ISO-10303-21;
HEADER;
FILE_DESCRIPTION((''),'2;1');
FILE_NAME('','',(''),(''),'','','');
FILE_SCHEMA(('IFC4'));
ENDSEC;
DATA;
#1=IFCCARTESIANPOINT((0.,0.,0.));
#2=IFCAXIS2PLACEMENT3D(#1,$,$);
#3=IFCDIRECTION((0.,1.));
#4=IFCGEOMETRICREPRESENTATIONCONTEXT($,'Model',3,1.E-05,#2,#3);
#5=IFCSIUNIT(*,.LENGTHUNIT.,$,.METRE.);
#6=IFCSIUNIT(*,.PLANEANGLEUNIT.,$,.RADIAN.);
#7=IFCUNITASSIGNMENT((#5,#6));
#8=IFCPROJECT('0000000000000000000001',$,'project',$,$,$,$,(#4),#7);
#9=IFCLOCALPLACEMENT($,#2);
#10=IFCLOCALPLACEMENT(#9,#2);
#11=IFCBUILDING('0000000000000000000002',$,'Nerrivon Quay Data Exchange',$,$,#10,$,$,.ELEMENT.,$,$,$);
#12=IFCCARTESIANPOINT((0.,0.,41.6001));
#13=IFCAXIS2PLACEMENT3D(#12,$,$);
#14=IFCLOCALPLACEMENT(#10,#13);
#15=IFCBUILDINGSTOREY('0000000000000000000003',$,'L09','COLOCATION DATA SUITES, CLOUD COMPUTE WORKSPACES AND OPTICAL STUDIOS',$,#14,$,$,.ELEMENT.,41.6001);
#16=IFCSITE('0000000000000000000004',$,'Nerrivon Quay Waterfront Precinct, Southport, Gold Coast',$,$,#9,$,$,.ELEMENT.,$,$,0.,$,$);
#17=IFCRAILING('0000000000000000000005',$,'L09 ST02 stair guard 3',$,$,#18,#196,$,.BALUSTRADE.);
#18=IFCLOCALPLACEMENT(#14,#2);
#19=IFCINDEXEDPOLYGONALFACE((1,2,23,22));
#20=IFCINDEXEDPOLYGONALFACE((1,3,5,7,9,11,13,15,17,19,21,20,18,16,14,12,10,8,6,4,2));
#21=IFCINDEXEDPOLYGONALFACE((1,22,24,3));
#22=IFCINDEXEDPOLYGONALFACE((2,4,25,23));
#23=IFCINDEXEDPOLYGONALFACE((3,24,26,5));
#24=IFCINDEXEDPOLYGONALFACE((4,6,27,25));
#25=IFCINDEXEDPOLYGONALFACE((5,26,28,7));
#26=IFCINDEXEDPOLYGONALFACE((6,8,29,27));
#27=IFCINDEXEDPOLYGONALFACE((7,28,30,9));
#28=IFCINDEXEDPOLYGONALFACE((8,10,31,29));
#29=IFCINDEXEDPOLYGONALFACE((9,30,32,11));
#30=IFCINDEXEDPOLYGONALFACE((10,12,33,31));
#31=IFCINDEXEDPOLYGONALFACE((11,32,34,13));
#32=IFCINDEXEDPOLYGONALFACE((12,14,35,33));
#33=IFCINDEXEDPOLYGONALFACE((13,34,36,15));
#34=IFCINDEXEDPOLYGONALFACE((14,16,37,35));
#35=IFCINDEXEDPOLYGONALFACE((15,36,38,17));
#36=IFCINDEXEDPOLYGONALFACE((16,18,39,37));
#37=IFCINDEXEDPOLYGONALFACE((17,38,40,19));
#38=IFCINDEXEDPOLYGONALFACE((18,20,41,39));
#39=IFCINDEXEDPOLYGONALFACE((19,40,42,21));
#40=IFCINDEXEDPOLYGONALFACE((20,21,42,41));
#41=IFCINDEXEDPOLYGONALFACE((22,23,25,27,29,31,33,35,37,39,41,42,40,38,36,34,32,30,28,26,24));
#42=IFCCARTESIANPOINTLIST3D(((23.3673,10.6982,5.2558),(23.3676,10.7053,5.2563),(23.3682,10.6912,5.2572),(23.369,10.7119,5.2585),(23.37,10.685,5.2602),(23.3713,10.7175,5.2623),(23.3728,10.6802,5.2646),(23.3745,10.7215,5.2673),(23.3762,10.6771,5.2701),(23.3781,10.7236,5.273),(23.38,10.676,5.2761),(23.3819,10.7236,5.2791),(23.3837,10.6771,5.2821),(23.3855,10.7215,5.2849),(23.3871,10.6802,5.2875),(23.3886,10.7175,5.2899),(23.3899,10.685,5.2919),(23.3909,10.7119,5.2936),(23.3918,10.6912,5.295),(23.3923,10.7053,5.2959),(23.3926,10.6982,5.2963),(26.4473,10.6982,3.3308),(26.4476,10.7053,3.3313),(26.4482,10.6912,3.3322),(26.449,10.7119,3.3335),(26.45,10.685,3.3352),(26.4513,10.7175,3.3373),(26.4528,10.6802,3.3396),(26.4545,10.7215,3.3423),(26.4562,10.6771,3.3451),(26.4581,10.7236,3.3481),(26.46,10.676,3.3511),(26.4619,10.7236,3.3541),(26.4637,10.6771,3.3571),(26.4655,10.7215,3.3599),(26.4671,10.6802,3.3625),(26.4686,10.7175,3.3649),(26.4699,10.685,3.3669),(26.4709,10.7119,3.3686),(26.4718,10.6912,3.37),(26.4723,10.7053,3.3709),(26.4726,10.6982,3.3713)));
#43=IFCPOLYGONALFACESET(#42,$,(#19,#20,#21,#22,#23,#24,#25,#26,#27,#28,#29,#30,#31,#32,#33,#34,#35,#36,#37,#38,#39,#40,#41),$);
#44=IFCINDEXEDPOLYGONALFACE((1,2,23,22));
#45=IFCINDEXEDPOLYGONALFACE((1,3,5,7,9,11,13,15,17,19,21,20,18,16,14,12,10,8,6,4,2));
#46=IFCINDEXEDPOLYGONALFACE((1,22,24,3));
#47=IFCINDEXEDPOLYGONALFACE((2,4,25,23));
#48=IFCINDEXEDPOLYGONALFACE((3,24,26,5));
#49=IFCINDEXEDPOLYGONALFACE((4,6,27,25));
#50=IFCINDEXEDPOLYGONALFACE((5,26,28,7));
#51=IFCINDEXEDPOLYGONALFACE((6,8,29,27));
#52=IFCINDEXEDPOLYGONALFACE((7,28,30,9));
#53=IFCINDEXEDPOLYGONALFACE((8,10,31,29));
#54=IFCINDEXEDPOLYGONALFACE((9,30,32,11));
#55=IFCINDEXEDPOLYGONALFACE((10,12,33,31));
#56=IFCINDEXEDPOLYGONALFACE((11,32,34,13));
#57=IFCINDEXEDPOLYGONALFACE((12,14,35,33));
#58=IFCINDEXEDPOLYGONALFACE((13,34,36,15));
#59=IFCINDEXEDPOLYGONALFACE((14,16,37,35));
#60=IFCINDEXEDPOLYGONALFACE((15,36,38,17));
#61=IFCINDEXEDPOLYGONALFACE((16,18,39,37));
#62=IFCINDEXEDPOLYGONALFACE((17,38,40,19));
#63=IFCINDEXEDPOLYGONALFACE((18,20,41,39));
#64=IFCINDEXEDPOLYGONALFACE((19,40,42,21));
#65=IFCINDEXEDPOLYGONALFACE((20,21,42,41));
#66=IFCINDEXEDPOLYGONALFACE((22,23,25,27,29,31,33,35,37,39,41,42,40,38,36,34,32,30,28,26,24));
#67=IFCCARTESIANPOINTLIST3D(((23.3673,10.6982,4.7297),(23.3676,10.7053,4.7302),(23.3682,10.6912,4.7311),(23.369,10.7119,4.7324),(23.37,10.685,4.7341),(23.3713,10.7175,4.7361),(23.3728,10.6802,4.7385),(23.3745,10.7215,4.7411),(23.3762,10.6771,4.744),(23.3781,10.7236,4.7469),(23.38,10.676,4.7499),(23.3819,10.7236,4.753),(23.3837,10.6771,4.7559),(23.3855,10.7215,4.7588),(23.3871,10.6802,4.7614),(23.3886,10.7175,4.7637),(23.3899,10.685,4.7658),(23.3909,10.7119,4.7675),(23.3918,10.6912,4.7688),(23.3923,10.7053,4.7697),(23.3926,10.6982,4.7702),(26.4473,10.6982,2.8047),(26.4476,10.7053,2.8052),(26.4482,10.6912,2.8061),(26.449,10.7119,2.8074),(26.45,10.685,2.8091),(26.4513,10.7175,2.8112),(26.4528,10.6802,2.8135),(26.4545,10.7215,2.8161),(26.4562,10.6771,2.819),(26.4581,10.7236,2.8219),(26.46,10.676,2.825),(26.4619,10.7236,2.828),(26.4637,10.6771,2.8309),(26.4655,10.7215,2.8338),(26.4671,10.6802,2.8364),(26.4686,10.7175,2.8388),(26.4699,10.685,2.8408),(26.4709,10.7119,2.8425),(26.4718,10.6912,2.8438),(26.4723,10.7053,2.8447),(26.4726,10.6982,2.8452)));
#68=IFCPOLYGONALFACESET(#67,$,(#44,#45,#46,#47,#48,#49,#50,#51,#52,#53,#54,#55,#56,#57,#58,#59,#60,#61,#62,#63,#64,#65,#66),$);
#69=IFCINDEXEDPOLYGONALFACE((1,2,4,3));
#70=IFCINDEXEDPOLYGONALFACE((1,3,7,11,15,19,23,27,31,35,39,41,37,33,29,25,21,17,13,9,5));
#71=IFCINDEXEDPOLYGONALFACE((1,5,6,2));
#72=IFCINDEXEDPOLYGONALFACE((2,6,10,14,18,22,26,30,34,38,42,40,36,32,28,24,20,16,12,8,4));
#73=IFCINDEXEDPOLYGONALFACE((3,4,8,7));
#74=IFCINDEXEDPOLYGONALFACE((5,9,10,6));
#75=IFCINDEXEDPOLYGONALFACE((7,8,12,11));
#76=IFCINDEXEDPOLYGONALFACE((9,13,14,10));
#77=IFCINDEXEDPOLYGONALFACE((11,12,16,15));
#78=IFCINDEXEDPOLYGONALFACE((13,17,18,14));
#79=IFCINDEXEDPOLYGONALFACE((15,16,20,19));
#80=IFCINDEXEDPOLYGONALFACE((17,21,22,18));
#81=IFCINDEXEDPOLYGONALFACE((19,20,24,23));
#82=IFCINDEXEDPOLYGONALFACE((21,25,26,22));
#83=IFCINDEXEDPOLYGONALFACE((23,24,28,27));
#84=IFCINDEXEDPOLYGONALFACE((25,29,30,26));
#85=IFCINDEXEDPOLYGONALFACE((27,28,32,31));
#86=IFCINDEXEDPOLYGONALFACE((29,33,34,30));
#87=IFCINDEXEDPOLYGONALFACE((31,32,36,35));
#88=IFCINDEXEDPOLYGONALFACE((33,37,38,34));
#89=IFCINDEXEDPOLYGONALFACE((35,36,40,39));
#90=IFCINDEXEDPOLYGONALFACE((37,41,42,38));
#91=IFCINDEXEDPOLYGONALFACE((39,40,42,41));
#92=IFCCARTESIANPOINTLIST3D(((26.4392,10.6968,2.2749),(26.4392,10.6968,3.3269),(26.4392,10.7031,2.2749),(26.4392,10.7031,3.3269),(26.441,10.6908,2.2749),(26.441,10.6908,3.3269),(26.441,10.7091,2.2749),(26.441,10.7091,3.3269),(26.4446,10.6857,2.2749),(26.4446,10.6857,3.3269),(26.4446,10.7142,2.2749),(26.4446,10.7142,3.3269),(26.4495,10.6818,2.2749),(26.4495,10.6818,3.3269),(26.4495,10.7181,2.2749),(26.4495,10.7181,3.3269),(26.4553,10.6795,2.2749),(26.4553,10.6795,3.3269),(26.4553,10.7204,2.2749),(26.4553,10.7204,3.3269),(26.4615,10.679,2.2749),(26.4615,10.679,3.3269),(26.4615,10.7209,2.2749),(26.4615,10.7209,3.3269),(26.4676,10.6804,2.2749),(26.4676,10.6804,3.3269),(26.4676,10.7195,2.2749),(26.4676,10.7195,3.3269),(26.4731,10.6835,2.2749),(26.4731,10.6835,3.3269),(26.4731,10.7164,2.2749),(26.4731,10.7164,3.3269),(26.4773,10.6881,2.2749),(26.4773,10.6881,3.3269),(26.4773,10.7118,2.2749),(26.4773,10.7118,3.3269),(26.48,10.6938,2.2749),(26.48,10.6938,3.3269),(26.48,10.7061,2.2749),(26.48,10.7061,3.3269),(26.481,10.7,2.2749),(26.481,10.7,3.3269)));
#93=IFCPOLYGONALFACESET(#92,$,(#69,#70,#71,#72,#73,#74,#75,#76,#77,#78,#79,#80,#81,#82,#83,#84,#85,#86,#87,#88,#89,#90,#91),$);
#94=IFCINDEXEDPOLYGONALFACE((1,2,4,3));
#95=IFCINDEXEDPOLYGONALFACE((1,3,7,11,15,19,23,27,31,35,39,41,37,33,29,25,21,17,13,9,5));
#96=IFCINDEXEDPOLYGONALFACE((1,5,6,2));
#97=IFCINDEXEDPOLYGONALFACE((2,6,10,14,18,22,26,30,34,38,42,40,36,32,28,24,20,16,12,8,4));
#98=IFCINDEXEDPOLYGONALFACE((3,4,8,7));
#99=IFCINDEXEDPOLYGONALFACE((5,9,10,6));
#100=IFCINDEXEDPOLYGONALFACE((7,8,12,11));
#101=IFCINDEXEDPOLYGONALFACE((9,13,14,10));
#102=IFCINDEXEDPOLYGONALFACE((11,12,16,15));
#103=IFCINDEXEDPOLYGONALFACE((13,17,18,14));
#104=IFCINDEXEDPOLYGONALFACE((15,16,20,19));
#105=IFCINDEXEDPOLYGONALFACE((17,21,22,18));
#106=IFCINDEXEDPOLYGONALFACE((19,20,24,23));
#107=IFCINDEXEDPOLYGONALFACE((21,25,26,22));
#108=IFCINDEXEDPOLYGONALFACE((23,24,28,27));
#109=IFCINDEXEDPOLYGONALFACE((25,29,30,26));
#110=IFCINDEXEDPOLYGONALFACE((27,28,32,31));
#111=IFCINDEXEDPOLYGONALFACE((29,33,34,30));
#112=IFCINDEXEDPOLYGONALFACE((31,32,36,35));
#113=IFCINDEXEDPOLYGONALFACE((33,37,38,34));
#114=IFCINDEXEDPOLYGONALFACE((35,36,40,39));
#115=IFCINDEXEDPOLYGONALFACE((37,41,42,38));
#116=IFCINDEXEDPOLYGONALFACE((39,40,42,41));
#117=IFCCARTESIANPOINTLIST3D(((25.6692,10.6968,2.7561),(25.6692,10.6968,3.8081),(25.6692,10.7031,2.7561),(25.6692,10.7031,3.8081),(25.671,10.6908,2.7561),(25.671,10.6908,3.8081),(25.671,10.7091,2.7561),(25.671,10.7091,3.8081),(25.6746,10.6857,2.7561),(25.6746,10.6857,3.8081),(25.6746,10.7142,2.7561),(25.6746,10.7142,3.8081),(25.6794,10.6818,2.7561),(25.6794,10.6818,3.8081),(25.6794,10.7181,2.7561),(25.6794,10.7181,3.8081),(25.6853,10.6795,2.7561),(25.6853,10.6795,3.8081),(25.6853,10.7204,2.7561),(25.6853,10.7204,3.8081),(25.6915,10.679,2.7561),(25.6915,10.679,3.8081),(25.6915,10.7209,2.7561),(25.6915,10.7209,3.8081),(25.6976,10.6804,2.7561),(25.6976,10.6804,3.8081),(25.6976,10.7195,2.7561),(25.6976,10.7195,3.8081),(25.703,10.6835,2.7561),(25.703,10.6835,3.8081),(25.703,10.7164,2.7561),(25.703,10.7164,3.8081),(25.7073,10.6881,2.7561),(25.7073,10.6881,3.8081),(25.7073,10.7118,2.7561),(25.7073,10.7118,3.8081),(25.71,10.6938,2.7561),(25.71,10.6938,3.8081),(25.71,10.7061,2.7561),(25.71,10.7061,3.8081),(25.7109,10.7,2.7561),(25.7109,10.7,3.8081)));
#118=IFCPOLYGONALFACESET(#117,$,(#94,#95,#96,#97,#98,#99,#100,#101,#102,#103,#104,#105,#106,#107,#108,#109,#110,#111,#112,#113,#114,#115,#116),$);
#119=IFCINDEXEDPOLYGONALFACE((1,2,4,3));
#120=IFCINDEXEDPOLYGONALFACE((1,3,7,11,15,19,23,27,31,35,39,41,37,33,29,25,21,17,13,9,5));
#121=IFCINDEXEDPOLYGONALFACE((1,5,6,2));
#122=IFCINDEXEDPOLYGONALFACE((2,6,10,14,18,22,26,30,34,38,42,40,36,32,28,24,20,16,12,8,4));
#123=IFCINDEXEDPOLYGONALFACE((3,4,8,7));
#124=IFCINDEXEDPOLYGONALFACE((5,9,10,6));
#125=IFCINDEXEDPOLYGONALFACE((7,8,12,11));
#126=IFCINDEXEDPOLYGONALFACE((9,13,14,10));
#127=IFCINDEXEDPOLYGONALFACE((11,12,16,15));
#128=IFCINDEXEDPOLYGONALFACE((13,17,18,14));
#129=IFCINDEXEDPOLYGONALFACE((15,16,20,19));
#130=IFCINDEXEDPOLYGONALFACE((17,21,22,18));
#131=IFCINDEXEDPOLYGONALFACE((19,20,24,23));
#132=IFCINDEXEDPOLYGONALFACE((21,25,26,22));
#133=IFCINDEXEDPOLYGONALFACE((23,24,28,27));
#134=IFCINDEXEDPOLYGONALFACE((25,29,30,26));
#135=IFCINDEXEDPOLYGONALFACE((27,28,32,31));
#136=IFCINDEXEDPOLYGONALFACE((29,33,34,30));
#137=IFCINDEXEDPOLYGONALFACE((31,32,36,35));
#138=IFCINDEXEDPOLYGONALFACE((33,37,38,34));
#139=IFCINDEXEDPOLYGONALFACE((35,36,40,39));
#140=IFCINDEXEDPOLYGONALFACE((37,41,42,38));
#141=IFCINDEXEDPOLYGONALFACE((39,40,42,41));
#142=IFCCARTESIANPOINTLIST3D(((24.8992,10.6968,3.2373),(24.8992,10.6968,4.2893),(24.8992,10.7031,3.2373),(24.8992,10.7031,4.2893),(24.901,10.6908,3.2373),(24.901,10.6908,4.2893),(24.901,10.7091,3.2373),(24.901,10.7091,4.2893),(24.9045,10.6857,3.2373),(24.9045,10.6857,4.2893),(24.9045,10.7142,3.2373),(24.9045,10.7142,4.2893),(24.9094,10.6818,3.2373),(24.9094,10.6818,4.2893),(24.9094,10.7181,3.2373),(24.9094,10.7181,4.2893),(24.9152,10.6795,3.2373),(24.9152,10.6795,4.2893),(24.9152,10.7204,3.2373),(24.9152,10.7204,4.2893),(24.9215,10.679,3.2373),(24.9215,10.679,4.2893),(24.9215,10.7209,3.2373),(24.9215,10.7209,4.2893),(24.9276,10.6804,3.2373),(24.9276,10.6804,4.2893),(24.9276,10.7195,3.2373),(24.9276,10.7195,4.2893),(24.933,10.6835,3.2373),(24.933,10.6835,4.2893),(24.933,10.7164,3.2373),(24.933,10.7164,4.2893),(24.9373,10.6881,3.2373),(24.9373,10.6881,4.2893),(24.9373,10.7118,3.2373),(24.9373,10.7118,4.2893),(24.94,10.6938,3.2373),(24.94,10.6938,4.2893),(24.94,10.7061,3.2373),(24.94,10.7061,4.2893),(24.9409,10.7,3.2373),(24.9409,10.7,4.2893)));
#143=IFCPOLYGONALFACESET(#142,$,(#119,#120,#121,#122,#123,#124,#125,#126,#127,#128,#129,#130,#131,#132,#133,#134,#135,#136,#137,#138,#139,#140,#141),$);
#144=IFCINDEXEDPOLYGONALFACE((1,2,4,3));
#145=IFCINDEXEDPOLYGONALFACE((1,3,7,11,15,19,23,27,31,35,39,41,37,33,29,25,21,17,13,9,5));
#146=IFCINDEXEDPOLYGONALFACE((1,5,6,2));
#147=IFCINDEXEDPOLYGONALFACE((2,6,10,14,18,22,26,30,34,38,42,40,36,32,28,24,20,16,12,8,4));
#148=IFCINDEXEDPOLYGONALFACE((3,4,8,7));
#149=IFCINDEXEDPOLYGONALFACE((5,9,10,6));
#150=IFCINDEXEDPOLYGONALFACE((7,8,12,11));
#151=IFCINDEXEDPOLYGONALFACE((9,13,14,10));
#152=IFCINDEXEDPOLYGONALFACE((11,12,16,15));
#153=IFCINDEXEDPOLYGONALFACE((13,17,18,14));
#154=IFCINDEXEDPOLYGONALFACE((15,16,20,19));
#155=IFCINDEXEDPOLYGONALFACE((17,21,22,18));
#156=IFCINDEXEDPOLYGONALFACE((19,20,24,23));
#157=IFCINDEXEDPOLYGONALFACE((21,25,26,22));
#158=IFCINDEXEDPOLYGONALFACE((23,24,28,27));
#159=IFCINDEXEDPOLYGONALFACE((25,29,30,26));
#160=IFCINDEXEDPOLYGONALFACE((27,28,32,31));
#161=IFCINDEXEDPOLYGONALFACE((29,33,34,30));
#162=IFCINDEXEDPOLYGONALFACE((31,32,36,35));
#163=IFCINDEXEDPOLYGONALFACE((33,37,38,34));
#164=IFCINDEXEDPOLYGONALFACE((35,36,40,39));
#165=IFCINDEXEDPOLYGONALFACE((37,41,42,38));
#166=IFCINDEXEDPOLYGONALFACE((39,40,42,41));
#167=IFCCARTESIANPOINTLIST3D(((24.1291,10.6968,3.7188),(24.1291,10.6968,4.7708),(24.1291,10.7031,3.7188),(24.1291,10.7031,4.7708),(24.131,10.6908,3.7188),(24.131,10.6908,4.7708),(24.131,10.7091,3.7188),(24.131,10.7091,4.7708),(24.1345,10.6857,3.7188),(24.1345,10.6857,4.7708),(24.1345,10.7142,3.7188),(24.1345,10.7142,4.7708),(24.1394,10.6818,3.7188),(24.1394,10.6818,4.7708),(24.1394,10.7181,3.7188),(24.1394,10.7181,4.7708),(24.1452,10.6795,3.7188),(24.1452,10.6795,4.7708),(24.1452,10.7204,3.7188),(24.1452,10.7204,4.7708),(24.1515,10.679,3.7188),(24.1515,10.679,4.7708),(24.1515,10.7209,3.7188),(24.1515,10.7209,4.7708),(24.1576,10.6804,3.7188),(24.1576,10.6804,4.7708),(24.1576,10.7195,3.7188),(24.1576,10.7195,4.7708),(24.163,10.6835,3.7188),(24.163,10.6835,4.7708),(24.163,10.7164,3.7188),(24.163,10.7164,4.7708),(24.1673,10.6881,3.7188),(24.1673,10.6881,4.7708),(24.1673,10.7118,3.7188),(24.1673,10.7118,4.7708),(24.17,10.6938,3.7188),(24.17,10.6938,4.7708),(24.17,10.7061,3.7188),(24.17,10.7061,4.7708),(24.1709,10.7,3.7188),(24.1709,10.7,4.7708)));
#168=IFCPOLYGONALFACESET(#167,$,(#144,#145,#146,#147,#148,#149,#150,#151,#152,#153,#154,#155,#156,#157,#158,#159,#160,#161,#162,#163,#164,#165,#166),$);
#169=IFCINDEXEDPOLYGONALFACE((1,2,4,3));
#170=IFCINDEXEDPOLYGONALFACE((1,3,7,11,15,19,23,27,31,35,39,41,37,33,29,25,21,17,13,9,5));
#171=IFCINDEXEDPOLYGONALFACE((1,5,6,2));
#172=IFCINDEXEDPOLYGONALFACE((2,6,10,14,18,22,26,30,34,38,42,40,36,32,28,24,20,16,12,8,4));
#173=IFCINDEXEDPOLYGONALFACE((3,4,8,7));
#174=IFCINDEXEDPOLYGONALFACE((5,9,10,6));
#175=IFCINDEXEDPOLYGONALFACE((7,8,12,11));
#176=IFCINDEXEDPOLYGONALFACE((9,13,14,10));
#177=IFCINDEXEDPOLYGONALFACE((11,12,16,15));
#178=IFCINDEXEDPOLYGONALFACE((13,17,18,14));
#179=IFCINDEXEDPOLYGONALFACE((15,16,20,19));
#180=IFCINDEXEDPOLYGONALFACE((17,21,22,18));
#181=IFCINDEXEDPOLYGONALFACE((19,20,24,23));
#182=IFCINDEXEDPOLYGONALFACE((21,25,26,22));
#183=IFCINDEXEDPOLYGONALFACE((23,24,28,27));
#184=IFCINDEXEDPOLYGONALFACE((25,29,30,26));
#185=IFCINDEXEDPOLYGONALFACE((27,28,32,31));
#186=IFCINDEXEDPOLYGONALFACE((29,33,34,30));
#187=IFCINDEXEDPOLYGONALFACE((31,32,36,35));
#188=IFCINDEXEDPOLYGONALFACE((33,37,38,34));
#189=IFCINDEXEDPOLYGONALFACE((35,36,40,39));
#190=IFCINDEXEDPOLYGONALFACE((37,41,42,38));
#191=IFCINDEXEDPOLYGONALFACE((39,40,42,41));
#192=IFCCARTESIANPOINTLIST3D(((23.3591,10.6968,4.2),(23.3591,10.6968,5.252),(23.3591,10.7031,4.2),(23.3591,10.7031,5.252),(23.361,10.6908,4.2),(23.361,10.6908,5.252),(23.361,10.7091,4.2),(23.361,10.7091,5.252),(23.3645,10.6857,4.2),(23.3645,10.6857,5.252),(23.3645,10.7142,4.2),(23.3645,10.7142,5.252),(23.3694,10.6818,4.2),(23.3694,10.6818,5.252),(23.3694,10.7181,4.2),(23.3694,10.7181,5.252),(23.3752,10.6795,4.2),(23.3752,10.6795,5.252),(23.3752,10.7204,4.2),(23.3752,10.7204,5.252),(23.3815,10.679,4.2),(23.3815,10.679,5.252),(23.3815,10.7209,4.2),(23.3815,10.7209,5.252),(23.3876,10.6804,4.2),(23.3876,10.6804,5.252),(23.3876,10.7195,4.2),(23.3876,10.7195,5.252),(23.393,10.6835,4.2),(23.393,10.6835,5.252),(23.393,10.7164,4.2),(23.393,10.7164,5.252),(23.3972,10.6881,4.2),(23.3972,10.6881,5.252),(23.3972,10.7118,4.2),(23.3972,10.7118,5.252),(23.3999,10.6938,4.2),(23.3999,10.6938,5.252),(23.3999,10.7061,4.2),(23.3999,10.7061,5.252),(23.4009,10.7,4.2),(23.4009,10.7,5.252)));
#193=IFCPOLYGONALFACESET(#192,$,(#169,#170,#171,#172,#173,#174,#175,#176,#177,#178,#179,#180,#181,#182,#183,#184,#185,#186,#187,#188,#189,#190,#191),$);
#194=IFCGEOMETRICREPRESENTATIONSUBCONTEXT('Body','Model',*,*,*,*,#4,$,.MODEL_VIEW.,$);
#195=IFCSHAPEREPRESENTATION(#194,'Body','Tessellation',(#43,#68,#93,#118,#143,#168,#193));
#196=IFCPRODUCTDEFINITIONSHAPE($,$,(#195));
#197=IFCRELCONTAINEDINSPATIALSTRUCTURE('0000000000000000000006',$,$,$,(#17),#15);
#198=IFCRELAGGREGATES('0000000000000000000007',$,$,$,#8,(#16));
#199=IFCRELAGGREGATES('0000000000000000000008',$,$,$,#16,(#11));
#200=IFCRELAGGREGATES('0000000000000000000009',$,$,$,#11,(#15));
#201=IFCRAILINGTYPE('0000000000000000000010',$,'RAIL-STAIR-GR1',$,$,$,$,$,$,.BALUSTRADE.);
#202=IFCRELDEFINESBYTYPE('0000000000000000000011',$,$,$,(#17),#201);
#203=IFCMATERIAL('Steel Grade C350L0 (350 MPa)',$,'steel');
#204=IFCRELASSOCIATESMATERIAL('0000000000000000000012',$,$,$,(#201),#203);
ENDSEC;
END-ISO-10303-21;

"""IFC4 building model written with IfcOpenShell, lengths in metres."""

from ifc_helpers import new_model, si_unit, direction, frame, origin, origin_2d, place, context, subcontext, project, spatial, circle, extrude, material, type_object, element, save


model = new_model("IFC4")

# Units and contexts
model_context = context("Model", 3, precision=1e-05, world=origin(), true_north=direction((0.0, 1.0)))
body_context = subcontext(model_context, "Body", "Model", "MODEL_VIEW")
ifc_project = project(units=[si_unit("LENGTHUNIT", "METRE"), si_unit("PLANEANGLEUNIT", "RADIAN")], contexts=[model_context])

# Site, building, storey
site_placement = place(None, origin())
site = spatial("IfcSite", under=ifc_project, at=site_placement, Name="Nerrivon Quay Waterfront Precinct, Southport, Gold Coast", CompositionType="ELEMENT", RefElevation=0.0)
building_placement = place(site_placement, origin())
building = spatial("IfcBuilding", under=site, at=building_placement, Name="Nerrivon Quay Data Exchange", CompositionType="ELEMENT")
storey_placement = place(building_placement, frame((0.0, 0.0, 41.6001)))
storey = spatial("IfcBuildingStorey", under=building, at=storey_placement, Name="L09", Description="COLOCATION DATA SUITES, CLOUD COMPUTE WORKSPACES AND OPTICAL STUDIOS", CompositionType="ELEMENT", Elevation=41.6001)

# Railing
ifc_material_1 = material(Name="Steel Grade C350L0 (350 MPa)", Category="steel")
railing_type_1 = type_object("IfcRailingType", Name="RAIL-STAIR-GR1", PredefinedType="BALUSTRADE", material=ifc_material_1)
railing_1_placement = place(storey_placement, frame((26.46, 10.7, 2.2749)))
element("IfcRailing", 1, at=railing_1_placement, inside=storey, type_object=railing_type_1, Name="L09 ST02 stair guard 3", PredefinedType="BALUSTRADE", context=body_context, shape_type="SweptSolid", body=[
    extrude(circle(Radius=0.0239, at=origin_2d()), frame((0.0, 0.0, 1.0762), z_axis=(-0.847998, 0.0, 0.529999), x_axis=(0.0, -1.0, 0.0)), (0.0, 0.0, 1.0), 3.6321),
    extrude(circle(Radius=0.0239, at=origin_2d()), frame((0.0, 0.0, 0.55), z_axis=(-0.847998, 0.0, 0.529999), x_axis=(0.0, -1.0, 0.0)), (0.0, 0.0, 1.0), 3.6321),
    extrude(circle(Radius=0.021, at=origin_2d()), origin(), (0.0, 0.0, 1.0), 1.052),
    extrude(circle(Radius=0.021, at=origin_2d()), frame((-0.77, 0.0, 0.4812)), (0.0, 0.0, 1.0), 1.052),
    extrude(circle(Radius=0.021, at=origin_2d()), frame((-1.54, 0.0, 0.9624)), (0.0, 0.0, 1.0), 1.052),
    extrude(circle(Radius=0.021, at=origin_2d()), frame((-2.3101, 0.0, 1.4438)), (0.0, 0.0, 1.0), 1.052),
    extrude(circle(Radius=0.021, at=origin_2d()), frame((-3.0801, 0.0, 1.925)), (0.0, 0.0, 1.0), 1.052),
])

save(model, "model.ifc")
